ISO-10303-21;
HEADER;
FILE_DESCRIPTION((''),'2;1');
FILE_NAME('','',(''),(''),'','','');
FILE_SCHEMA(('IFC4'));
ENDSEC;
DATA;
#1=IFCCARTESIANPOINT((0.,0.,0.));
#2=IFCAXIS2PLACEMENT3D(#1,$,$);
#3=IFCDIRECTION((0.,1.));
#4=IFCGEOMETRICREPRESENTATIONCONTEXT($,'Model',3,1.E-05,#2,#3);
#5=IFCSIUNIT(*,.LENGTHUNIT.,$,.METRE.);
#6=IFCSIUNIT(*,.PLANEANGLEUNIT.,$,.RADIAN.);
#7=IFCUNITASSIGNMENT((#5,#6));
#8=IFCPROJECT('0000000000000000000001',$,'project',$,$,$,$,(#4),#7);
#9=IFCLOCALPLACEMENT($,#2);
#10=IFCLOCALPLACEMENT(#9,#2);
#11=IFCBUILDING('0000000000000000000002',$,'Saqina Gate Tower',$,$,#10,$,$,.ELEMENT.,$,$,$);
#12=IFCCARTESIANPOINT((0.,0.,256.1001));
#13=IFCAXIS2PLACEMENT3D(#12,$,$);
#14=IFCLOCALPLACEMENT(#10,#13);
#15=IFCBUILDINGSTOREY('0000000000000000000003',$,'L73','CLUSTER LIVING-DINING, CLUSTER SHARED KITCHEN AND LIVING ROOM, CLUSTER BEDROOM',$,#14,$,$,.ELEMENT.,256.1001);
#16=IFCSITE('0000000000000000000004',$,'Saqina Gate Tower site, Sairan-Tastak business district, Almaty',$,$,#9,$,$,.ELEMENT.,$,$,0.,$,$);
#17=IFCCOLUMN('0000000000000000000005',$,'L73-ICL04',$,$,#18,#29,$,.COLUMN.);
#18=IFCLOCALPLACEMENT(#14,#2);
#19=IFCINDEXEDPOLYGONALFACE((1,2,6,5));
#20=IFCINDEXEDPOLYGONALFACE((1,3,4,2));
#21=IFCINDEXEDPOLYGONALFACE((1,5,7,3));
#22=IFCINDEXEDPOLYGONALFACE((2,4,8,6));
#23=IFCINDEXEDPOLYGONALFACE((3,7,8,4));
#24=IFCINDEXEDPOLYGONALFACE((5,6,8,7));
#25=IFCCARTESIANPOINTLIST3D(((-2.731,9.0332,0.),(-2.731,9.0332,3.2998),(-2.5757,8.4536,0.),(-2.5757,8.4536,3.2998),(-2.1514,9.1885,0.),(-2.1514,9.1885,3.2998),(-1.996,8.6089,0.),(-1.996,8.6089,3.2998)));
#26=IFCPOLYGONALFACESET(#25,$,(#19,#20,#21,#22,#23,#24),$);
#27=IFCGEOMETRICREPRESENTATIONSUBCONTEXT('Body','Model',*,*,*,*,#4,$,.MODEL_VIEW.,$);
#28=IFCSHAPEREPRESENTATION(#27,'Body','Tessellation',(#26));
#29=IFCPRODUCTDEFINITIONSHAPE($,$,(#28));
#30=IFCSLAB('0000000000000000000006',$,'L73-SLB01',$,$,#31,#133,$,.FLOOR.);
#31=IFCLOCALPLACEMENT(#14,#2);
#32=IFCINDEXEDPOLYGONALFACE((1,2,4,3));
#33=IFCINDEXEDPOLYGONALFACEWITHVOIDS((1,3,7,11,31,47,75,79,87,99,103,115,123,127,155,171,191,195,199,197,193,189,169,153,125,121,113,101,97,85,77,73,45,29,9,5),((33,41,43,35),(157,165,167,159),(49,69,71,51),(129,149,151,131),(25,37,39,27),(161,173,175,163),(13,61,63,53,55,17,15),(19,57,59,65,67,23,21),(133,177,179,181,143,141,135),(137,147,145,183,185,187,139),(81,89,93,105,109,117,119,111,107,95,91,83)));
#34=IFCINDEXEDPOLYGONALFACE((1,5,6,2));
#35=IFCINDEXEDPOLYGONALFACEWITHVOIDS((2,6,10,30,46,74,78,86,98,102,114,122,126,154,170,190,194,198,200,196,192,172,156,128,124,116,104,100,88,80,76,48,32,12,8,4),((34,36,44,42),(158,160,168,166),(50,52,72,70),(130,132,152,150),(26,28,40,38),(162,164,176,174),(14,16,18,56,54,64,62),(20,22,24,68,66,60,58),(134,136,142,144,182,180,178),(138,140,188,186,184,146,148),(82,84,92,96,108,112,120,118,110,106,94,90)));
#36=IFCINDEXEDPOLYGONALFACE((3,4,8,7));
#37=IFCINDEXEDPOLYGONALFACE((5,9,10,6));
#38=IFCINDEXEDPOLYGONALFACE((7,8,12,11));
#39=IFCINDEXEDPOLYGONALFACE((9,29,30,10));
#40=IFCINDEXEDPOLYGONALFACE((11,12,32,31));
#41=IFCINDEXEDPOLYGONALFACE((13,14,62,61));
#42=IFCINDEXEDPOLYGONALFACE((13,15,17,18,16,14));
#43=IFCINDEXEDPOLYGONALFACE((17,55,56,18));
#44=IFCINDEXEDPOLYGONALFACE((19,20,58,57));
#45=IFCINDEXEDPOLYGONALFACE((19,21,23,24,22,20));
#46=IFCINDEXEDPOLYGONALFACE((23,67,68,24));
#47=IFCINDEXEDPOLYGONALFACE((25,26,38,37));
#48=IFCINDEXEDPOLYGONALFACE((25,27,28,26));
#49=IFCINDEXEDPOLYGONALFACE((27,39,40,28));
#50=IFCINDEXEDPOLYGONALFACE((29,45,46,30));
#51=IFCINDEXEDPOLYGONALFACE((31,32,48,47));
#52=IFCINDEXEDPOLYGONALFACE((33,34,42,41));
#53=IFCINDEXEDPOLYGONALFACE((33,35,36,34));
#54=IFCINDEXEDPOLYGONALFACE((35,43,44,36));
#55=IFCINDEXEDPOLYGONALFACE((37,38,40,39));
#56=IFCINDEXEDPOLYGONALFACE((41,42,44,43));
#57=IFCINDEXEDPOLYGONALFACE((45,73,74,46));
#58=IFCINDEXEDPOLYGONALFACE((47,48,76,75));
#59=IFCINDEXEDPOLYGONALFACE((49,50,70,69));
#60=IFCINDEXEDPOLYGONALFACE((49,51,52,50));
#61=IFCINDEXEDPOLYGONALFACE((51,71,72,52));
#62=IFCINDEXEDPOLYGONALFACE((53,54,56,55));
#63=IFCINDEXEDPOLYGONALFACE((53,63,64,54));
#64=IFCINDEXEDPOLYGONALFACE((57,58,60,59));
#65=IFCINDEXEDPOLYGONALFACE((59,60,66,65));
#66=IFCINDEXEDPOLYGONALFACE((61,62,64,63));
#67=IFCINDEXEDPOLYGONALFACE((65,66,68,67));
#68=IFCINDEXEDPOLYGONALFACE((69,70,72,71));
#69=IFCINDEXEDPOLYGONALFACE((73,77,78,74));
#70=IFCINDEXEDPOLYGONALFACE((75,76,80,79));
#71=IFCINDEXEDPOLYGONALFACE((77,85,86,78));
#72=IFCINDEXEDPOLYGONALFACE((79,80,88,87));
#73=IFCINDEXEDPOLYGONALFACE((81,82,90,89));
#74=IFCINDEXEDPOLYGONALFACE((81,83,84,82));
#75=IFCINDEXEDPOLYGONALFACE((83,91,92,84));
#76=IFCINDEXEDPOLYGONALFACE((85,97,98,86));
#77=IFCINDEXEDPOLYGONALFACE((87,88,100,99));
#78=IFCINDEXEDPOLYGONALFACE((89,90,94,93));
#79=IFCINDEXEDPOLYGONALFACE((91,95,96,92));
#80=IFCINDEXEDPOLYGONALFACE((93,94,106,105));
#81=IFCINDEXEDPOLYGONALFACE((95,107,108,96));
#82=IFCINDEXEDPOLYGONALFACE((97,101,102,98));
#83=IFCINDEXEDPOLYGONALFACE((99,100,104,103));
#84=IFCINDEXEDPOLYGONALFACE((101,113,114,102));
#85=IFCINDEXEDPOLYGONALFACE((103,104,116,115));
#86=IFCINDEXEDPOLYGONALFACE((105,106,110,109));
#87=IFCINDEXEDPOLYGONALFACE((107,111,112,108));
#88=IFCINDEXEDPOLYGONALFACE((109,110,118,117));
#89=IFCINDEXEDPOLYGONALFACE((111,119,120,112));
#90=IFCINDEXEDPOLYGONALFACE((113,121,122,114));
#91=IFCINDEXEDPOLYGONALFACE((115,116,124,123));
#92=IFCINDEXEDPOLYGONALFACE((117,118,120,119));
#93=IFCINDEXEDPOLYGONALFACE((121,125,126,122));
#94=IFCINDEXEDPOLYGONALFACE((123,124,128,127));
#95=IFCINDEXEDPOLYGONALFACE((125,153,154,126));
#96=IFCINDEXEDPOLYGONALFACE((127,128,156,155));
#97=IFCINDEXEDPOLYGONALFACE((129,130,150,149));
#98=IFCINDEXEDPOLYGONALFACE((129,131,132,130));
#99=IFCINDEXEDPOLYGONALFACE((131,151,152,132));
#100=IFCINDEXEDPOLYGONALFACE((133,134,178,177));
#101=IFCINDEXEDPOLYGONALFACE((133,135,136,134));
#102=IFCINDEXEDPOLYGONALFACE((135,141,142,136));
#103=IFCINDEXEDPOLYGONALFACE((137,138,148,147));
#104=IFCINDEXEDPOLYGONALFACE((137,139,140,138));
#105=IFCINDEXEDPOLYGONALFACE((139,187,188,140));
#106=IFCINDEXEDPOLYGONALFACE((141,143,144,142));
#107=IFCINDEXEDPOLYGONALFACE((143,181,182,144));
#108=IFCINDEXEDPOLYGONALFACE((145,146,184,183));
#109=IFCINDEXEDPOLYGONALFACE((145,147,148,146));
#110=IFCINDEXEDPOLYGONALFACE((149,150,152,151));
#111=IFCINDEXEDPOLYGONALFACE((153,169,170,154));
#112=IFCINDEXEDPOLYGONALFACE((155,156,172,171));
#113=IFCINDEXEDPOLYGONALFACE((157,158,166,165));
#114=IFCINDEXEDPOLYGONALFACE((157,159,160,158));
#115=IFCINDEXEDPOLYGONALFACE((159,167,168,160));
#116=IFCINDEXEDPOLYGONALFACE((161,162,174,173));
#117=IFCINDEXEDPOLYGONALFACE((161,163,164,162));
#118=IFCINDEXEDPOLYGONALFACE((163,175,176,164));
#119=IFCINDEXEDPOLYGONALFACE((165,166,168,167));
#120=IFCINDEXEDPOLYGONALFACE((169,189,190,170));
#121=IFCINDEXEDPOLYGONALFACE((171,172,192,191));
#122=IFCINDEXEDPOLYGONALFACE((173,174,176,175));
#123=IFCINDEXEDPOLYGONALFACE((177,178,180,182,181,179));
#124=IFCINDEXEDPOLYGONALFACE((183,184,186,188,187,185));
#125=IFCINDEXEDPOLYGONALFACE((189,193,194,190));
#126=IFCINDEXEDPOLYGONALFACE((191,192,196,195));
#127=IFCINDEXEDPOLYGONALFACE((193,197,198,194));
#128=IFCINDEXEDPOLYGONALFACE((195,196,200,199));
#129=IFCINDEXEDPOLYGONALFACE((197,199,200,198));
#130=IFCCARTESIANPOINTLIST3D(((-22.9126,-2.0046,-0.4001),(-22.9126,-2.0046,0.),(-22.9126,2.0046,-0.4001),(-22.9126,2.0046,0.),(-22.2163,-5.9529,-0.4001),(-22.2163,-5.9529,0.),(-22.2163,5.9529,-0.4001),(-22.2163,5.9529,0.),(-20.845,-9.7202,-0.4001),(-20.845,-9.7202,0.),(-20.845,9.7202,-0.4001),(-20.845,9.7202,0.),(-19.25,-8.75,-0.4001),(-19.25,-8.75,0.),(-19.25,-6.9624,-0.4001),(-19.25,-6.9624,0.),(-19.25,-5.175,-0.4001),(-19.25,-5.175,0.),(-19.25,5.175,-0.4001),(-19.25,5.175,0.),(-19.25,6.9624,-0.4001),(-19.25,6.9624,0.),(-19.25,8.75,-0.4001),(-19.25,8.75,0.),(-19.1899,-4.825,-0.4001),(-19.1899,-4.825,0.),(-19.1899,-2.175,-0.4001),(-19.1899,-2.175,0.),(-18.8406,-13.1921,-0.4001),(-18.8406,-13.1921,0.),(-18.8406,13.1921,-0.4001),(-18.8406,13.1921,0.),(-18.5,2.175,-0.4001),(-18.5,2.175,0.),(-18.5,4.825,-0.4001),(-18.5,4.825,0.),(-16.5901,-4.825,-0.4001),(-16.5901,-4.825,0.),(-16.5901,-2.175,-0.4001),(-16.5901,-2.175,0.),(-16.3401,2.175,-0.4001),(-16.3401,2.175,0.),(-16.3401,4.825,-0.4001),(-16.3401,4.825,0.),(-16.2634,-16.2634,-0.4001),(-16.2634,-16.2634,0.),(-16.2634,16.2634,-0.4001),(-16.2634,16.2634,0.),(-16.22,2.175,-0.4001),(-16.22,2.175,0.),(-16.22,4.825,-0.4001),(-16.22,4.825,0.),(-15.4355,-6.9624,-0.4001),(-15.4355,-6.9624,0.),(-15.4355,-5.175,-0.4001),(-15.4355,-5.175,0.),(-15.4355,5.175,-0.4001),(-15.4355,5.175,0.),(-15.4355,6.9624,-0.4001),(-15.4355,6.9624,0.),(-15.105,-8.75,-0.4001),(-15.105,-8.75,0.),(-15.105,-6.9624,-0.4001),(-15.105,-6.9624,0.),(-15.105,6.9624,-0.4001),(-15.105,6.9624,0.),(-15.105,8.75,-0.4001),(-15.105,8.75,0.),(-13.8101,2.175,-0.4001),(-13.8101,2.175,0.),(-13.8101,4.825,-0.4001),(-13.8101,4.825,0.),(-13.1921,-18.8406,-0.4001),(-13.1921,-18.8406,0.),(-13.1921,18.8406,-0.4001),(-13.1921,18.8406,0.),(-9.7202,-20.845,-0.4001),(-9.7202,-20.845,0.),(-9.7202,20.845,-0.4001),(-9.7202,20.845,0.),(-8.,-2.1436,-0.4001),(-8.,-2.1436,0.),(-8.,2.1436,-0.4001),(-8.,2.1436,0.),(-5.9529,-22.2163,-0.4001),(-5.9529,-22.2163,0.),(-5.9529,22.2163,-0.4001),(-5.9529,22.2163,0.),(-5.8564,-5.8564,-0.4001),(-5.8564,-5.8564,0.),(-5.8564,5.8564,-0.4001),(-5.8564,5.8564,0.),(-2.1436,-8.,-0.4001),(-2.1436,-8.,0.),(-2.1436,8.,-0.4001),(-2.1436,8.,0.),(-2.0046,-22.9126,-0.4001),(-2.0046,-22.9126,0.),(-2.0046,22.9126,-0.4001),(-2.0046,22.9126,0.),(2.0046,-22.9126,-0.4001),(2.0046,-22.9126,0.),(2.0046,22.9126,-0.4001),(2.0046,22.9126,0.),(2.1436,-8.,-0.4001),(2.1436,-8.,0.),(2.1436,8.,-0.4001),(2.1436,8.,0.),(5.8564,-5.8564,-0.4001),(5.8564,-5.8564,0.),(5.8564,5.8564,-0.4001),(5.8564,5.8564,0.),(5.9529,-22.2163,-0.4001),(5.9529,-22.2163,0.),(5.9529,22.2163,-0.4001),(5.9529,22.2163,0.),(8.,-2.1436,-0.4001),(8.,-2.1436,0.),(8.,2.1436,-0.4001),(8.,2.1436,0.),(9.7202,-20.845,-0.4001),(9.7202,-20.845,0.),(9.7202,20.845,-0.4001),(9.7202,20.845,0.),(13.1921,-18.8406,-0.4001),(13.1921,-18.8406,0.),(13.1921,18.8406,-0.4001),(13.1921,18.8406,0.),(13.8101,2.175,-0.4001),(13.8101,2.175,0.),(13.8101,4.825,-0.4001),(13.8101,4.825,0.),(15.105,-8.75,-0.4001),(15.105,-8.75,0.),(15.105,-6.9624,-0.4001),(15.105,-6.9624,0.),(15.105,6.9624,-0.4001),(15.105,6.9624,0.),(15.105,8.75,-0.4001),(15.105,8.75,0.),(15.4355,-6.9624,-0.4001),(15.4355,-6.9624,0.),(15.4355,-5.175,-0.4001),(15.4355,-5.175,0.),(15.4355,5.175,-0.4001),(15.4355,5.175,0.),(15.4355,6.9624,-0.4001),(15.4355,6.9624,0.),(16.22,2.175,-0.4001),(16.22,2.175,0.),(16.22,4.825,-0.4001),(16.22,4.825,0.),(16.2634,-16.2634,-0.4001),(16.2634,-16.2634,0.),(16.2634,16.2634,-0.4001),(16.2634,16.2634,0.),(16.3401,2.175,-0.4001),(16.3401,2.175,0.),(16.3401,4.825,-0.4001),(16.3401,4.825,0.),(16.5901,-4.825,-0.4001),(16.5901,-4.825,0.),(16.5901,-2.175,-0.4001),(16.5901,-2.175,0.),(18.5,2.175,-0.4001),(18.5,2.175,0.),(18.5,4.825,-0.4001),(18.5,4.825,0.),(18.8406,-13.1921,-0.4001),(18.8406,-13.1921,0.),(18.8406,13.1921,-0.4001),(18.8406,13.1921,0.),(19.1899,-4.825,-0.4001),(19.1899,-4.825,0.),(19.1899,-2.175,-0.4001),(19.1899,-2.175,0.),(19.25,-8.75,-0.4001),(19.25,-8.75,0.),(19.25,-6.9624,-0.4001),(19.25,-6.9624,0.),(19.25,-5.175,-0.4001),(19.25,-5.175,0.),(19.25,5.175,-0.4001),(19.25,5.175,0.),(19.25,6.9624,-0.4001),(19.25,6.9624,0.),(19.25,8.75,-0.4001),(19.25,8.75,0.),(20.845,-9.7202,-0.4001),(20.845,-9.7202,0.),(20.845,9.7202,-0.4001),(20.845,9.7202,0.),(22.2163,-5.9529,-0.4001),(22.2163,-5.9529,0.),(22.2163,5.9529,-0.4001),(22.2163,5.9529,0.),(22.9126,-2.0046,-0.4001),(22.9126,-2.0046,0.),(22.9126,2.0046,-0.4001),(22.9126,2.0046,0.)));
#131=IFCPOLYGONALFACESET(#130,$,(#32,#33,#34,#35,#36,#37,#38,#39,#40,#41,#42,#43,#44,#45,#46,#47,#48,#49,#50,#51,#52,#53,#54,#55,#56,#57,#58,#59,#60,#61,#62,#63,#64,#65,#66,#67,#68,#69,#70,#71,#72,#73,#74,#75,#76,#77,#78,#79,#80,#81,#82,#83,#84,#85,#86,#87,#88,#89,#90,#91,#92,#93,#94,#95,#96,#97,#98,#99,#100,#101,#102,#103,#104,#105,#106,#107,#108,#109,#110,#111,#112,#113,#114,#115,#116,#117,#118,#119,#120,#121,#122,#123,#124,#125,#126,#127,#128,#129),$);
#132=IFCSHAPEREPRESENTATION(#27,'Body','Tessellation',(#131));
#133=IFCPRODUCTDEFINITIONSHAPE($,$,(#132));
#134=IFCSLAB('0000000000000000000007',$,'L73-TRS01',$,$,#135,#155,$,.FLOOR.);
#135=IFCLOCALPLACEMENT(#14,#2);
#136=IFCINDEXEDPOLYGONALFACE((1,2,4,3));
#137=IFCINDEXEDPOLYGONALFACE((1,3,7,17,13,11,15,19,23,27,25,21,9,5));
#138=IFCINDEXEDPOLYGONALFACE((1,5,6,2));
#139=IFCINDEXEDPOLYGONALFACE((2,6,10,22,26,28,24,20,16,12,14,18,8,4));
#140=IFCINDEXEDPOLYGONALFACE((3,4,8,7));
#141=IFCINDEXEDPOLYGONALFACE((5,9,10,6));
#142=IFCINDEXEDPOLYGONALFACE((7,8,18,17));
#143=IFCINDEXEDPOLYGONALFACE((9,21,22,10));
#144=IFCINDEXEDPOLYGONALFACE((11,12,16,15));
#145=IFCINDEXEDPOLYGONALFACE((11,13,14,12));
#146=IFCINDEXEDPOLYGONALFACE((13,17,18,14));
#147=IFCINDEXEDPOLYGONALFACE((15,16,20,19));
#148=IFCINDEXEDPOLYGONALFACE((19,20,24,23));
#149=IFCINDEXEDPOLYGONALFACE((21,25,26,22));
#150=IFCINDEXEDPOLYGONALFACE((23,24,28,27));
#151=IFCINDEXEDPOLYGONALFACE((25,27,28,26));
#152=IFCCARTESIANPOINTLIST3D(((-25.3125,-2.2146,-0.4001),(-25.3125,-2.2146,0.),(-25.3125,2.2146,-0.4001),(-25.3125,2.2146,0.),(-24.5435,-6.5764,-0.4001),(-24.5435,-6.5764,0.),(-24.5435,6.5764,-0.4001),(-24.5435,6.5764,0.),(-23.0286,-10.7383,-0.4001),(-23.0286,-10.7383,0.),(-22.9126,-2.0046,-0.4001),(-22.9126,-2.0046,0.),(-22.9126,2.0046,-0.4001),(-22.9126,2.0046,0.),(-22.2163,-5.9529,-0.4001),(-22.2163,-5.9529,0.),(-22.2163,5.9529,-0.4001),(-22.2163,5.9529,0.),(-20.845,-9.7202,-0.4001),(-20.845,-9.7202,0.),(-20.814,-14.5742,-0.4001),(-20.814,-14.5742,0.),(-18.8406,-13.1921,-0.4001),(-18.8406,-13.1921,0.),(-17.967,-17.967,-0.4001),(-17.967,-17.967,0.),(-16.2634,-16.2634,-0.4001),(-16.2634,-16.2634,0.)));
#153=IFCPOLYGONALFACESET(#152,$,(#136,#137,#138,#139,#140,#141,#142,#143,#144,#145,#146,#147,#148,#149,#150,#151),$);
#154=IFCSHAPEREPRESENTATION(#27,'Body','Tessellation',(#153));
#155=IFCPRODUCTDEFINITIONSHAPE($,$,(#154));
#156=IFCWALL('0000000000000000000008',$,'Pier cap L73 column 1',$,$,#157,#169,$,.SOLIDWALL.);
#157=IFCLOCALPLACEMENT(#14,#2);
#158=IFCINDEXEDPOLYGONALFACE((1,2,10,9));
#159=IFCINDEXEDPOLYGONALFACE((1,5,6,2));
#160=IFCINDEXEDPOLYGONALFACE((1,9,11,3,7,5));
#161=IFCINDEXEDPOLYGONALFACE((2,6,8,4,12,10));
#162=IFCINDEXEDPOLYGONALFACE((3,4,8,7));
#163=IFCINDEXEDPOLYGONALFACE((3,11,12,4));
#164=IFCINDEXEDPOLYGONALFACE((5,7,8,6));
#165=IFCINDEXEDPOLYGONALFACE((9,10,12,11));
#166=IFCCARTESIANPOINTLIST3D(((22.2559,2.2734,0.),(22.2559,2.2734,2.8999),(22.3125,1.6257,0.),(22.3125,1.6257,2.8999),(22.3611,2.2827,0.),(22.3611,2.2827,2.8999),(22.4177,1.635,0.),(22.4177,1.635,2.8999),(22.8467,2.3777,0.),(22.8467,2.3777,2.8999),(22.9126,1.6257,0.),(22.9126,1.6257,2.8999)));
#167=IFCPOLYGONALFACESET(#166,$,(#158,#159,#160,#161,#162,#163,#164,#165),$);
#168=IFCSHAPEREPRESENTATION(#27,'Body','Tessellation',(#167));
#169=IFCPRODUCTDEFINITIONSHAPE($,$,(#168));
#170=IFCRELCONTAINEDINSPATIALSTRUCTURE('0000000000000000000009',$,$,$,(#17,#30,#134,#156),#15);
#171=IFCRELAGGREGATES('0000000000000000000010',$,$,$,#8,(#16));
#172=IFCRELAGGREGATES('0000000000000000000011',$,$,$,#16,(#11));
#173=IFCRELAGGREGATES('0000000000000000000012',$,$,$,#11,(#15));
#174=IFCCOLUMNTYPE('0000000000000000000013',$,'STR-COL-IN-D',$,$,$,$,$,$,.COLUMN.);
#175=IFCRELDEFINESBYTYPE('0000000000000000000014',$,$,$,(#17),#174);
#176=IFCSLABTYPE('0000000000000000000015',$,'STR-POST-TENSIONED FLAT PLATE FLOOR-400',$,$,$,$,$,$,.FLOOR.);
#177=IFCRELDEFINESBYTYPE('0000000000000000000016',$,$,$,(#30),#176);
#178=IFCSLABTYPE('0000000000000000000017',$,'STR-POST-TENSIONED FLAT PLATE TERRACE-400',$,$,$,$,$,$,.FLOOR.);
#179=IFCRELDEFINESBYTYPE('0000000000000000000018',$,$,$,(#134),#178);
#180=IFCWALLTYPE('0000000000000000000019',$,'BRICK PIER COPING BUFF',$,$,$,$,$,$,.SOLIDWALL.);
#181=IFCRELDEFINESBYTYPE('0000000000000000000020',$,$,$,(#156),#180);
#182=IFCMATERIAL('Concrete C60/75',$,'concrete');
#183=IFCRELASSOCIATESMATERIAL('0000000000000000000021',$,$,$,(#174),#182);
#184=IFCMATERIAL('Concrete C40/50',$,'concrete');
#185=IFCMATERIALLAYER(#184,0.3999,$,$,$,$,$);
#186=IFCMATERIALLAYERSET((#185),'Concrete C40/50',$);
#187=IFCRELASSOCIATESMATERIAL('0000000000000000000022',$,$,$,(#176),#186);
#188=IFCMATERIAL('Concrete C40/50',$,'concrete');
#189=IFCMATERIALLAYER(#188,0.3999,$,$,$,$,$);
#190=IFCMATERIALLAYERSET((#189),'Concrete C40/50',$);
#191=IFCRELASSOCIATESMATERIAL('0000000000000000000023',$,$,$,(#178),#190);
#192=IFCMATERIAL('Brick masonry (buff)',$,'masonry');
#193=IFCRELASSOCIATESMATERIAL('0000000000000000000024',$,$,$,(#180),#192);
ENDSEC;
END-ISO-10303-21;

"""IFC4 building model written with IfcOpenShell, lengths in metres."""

from ifc_helpers import new_model, si_unit, direction, frame, origin, origin_2d, place, context, subcontext, project, spatial, polyline, rectangle, outline, extrude, material, layer, layer_set, material_profile, profile_set, type_object, element, save


model = new_model("IFC4")

# Units and contexts
model_context = context("Model", 3, precision=1e-05, world=origin(), true_north=direction((0.0, 1.0)))
body_context = subcontext(model_context, "Body", "Model", "MODEL_VIEW")
ifc_project = project(units=[si_unit("LENGTHUNIT", "METRE"), si_unit("PLANEANGLEUNIT", "RADIAN")], contexts=[model_context])

# Site, building, storey
site_placement = place(None, origin())
site = spatial("IfcSite", under=ifc_project, at=site_placement, Name="Saqina Gate Tower site, Sairan-Tastak business district, Almaty", CompositionType="ELEMENT", RefElevation=0.0)
building_placement = place(site_placement, origin())
building = spatial("IfcBuilding", under=site, at=building_placement, Name="Saqina Gate Tower", CompositionType="ELEMENT")
storey_placement = place(building_placement, frame((0.0, 0.0, 256.1001)))
storey = spatial("IfcBuildingStorey", under=building, at=storey_placement, Name="L73", Description="CLUSTER LIVING-DINING, CLUSTER SHARED KITCHEN AND LIVING ROOM, CLUSTER BEDROOM", CompositionType="ELEMENT", Elevation=256.1001)

# Column
ifc_material_1 = material(Name="Concrete C60/75", Category="concrete")
ifc_material_profile = material_profile(ifc_material_1, rectangle(XDim=0.6001, YDim=0.6001, at=origin_2d()), Name="RC 600x600")
ifc_profile_set = profile_set([ifc_material_profile], Name="Concrete C60/75")
column_type = type_object("IfcColumnType", Name="STR-COL-IN-D", PredefinedType="COLUMN", material=ifc_profile_set)
column_placement = place(storey_placement, frame((-2.3635, 8.821, 0.0), z_axis=(0.0, 0.0, 1.0), x_axis=(-0.258819, 0.965926, 0.0)))
element("IfcColumn", 1, at=column_placement, inside=storey, type_object=column_type, Name="L73-ICL04", PredefinedType="COLUMN", context=body_context, shape_type="SweptSolid", body=[
    extrude(rectangle(XDim=0.6001, YDim=0.6001, at=origin_2d()), origin(), (0.0, 0.0, 1.0), 3.2998),
])

# Slabs
ifc_material_2 = material(Name="Concrete C40/50", Category="concrete")
ifc_layer_1 = layer(ifc_material_2, 0.3999)
ifc_layer_set_1 = layer_set([ifc_layer_1], Name="Concrete C40/50")
slab_type_1 = type_object("IfcSlabType", Name="STR-POST-TENSIONED FLAT PLATE FLOOR-400", PredefinedType="FLOOR", material=ifc_layer_set_1)
slab_1_placement = place(storey_placement, frame((0.0, 0.0, -0.4001)))
element("IfcSlab", 2, at=slab_1_placement, inside=storey, type_object=slab_type_1, Name="L73-SLB01", PredefinedType="FLOOR", context=body_context, shape_type="SweptSolid", body=[
    extrude(outline(polyline([(22.2163, -5.9529), (22.9126, -2.0046), (22.9126, 2.0046), (22.2163, 5.9529), (20.845, 9.7202), (18.8406, 13.1921), (16.2634, 16.2634), (13.1921, 18.8406), (9.7202, 20.845), (5.9529, 22.2163), (2.0046, 22.9126), (-2.0046, 22.9126), (-5.9529, 22.2163), (-9.7202, 20.845), (-13.1921, 18.8406), (-16.2634, 16.2634), (-18.8406, 13.1921), (-20.845, 9.7202), (-22.2163, 5.9529), (-22.9126, 2.0046), (-22.9126, -2.0046), (-22.2163, -5.9529), (-20.845, -9.7202), (-18.8406, -13.1921), (-16.2634, -16.2634), (-13.1921, -18.8406), (-9.7202, -20.845), (-5.9529, -22.2163), (-2.0046, -22.9126), (2.0046, -22.9126), (5.9529, -22.2163), (9.7202, -20.845), (13.1921, -18.8406), (16.2634, -16.2634), (18.8406, -13.1921), (20.845, -9.7202), (22.2163, -5.9529)]), holes=[polyline([(2.1436, 8.0), (5.8564, 5.8564), (8.0, 2.1436), (8.0, -2.1436), (5.8564, -5.8564), (2.1436, -8.0), (-2.1436, -8.0), (-5.8564, -5.8564), (-8.0, -2.1436), (-8.0, 2.1436), (-5.8564, 5.8564), (-2.1436, 8.0), (2.1436, 8.0)]), polyline([(-15.105, -8.75), (-19.25, -8.75), (-19.25, -6.9624), (-19.25, -5.175), (-15.4355, -5.175), (-15.4355, -6.9624), (-15.105, -6.9624), (-15.105, -8.75)]), polyline([(-16.5901, -2.175), (-16.5901, -4.825), (-19.1899, -4.825), (-19.1899, -2.175), (-16.5901, -2.175)]), polyline([(-16.3401, 4.825), (-16.3401, 2.175), (-18.5, 2.175), (-18.5, 4.825), (-16.3401, 4.825)]), polyline([(-13.8101, 4.825), (-13.8101, 2.175), (-16.22, 2.175), (-16.22, 4.825), (-13.8101, 4.825)]), polyline([(-19.25, 6.9624), (-19.25, 8.75), (-15.105, 8.75), (-15.105, 6.9624), (-15.4355, 6.9624), (-15.4355, 5.175), (-19.25, 5.175), (-19.25, 6.9624)]), polyline([(15.105, -8.75), (15.105, -6.9624), (15.4355, -6.9624), (15.4355, -5.175), (19.25, -5.175), (19.25, -6.9624), (19.25, -8.75), (15.105, -8.75)]), polyline([(19.1899, -2.175), (19.1899, -4.825), (16.5901, -4.825), (16.5901, -2.175), (19.1899, -2.175)]), polyline([(16.22, 4.825), (16.22, 2.175), (13.8101, 2.175), (13.8101, 4.825), (16.22, 4.825)]), polyline([(18.5, 4.825), (18.5, 2.175), (16.3401, 2.175), (16.3401, 4.825), (18.5, 4.825)]), polyline([(15.4355, 6.9624), (15.105, 6.9624), (15.105, 8.75), (19.25, 8.75), (19.25, 6.9624), (19.25, 5.175), (15.4355, 5.175), (15.4355, 6.9624)])]), origin(), (0.0, 0.0, 1.0), 0.4001),
])
ifc_material_3 = material(Name="Concrete C40/50", Category="concrete")
ifc_layer_2 = layer(ifc_material_3, 0.3999)
ifc_layer_set_2 = layer_set([ifc_layer_2], Name="Concrete C40/50")
slab_type_2 = type_object("IfcSlabType", Name="STR-POST-TENSIONED FLAT PLATE TERRACE-400", PredefinedType="FLOOR", material=ifc_layer_set_2)
slab_2_placement = place(storey_placement, frame((0.0, 0.0, -0.4001)))
element("IfcSlab", 3, at=slab_2_placement, inside=storey, type_object=slab_type_2, Name="L73-TRS01", PredefinedType="FLOOR", context=body_context, shape_type="SweptSolid", body=[
    extrude(outline(polyline([(-22.2163, 5.9529), (-22.9126, 2.0046), (-22.9126, -2.0046), (-22.2163, -5.9529), (-20.845, -9.7202), (-18.8406, -13.1921), (-16.2634, -16.2634), (-17.967, -17.967), (-20.814, -14.5742), (-23.0286, -10.7383), (-24.5435, -6.5764), (-25.3125, -2.2146), (-25.3125, 2.2146), (-24.5435, 6.5764), (-22.2163, 5.9529)])), origin(), (0.0, 0.0, 1.0), 0.4001),
])

# Wall
ifc_material_4 = material(Name="Brick masonry (buff)", Category="masonry")
wall_type_1 = type_object("IfcWallType", Name="BRICK PIER COPING BUFF", PredefinedType="SOLIDWALL", material=ifc_material_4)
wall_1_placement = place(storey_placement, origin())
element("IfcWall", 4, at=wall_1_placement, inside=storey, type_object=wall_type_1, Name="Pier cap L73 column 1", PredefinedType="SOLIDWALL", context=body_context, shape_type="SweptSolid", body=[
    extrude(outline(polyline([(22.9126, 1.6257), (22.8467, 2.3777), (22.2559, 2.2734), (22.3611, 2.2827), (22.4177, 1.635), (22.3125, 1.6257), (22.9126, 1.6257)])), origin(), (0.0, 0.0, 1.0), 2.8999),
])

save(model, "model.ifc")
